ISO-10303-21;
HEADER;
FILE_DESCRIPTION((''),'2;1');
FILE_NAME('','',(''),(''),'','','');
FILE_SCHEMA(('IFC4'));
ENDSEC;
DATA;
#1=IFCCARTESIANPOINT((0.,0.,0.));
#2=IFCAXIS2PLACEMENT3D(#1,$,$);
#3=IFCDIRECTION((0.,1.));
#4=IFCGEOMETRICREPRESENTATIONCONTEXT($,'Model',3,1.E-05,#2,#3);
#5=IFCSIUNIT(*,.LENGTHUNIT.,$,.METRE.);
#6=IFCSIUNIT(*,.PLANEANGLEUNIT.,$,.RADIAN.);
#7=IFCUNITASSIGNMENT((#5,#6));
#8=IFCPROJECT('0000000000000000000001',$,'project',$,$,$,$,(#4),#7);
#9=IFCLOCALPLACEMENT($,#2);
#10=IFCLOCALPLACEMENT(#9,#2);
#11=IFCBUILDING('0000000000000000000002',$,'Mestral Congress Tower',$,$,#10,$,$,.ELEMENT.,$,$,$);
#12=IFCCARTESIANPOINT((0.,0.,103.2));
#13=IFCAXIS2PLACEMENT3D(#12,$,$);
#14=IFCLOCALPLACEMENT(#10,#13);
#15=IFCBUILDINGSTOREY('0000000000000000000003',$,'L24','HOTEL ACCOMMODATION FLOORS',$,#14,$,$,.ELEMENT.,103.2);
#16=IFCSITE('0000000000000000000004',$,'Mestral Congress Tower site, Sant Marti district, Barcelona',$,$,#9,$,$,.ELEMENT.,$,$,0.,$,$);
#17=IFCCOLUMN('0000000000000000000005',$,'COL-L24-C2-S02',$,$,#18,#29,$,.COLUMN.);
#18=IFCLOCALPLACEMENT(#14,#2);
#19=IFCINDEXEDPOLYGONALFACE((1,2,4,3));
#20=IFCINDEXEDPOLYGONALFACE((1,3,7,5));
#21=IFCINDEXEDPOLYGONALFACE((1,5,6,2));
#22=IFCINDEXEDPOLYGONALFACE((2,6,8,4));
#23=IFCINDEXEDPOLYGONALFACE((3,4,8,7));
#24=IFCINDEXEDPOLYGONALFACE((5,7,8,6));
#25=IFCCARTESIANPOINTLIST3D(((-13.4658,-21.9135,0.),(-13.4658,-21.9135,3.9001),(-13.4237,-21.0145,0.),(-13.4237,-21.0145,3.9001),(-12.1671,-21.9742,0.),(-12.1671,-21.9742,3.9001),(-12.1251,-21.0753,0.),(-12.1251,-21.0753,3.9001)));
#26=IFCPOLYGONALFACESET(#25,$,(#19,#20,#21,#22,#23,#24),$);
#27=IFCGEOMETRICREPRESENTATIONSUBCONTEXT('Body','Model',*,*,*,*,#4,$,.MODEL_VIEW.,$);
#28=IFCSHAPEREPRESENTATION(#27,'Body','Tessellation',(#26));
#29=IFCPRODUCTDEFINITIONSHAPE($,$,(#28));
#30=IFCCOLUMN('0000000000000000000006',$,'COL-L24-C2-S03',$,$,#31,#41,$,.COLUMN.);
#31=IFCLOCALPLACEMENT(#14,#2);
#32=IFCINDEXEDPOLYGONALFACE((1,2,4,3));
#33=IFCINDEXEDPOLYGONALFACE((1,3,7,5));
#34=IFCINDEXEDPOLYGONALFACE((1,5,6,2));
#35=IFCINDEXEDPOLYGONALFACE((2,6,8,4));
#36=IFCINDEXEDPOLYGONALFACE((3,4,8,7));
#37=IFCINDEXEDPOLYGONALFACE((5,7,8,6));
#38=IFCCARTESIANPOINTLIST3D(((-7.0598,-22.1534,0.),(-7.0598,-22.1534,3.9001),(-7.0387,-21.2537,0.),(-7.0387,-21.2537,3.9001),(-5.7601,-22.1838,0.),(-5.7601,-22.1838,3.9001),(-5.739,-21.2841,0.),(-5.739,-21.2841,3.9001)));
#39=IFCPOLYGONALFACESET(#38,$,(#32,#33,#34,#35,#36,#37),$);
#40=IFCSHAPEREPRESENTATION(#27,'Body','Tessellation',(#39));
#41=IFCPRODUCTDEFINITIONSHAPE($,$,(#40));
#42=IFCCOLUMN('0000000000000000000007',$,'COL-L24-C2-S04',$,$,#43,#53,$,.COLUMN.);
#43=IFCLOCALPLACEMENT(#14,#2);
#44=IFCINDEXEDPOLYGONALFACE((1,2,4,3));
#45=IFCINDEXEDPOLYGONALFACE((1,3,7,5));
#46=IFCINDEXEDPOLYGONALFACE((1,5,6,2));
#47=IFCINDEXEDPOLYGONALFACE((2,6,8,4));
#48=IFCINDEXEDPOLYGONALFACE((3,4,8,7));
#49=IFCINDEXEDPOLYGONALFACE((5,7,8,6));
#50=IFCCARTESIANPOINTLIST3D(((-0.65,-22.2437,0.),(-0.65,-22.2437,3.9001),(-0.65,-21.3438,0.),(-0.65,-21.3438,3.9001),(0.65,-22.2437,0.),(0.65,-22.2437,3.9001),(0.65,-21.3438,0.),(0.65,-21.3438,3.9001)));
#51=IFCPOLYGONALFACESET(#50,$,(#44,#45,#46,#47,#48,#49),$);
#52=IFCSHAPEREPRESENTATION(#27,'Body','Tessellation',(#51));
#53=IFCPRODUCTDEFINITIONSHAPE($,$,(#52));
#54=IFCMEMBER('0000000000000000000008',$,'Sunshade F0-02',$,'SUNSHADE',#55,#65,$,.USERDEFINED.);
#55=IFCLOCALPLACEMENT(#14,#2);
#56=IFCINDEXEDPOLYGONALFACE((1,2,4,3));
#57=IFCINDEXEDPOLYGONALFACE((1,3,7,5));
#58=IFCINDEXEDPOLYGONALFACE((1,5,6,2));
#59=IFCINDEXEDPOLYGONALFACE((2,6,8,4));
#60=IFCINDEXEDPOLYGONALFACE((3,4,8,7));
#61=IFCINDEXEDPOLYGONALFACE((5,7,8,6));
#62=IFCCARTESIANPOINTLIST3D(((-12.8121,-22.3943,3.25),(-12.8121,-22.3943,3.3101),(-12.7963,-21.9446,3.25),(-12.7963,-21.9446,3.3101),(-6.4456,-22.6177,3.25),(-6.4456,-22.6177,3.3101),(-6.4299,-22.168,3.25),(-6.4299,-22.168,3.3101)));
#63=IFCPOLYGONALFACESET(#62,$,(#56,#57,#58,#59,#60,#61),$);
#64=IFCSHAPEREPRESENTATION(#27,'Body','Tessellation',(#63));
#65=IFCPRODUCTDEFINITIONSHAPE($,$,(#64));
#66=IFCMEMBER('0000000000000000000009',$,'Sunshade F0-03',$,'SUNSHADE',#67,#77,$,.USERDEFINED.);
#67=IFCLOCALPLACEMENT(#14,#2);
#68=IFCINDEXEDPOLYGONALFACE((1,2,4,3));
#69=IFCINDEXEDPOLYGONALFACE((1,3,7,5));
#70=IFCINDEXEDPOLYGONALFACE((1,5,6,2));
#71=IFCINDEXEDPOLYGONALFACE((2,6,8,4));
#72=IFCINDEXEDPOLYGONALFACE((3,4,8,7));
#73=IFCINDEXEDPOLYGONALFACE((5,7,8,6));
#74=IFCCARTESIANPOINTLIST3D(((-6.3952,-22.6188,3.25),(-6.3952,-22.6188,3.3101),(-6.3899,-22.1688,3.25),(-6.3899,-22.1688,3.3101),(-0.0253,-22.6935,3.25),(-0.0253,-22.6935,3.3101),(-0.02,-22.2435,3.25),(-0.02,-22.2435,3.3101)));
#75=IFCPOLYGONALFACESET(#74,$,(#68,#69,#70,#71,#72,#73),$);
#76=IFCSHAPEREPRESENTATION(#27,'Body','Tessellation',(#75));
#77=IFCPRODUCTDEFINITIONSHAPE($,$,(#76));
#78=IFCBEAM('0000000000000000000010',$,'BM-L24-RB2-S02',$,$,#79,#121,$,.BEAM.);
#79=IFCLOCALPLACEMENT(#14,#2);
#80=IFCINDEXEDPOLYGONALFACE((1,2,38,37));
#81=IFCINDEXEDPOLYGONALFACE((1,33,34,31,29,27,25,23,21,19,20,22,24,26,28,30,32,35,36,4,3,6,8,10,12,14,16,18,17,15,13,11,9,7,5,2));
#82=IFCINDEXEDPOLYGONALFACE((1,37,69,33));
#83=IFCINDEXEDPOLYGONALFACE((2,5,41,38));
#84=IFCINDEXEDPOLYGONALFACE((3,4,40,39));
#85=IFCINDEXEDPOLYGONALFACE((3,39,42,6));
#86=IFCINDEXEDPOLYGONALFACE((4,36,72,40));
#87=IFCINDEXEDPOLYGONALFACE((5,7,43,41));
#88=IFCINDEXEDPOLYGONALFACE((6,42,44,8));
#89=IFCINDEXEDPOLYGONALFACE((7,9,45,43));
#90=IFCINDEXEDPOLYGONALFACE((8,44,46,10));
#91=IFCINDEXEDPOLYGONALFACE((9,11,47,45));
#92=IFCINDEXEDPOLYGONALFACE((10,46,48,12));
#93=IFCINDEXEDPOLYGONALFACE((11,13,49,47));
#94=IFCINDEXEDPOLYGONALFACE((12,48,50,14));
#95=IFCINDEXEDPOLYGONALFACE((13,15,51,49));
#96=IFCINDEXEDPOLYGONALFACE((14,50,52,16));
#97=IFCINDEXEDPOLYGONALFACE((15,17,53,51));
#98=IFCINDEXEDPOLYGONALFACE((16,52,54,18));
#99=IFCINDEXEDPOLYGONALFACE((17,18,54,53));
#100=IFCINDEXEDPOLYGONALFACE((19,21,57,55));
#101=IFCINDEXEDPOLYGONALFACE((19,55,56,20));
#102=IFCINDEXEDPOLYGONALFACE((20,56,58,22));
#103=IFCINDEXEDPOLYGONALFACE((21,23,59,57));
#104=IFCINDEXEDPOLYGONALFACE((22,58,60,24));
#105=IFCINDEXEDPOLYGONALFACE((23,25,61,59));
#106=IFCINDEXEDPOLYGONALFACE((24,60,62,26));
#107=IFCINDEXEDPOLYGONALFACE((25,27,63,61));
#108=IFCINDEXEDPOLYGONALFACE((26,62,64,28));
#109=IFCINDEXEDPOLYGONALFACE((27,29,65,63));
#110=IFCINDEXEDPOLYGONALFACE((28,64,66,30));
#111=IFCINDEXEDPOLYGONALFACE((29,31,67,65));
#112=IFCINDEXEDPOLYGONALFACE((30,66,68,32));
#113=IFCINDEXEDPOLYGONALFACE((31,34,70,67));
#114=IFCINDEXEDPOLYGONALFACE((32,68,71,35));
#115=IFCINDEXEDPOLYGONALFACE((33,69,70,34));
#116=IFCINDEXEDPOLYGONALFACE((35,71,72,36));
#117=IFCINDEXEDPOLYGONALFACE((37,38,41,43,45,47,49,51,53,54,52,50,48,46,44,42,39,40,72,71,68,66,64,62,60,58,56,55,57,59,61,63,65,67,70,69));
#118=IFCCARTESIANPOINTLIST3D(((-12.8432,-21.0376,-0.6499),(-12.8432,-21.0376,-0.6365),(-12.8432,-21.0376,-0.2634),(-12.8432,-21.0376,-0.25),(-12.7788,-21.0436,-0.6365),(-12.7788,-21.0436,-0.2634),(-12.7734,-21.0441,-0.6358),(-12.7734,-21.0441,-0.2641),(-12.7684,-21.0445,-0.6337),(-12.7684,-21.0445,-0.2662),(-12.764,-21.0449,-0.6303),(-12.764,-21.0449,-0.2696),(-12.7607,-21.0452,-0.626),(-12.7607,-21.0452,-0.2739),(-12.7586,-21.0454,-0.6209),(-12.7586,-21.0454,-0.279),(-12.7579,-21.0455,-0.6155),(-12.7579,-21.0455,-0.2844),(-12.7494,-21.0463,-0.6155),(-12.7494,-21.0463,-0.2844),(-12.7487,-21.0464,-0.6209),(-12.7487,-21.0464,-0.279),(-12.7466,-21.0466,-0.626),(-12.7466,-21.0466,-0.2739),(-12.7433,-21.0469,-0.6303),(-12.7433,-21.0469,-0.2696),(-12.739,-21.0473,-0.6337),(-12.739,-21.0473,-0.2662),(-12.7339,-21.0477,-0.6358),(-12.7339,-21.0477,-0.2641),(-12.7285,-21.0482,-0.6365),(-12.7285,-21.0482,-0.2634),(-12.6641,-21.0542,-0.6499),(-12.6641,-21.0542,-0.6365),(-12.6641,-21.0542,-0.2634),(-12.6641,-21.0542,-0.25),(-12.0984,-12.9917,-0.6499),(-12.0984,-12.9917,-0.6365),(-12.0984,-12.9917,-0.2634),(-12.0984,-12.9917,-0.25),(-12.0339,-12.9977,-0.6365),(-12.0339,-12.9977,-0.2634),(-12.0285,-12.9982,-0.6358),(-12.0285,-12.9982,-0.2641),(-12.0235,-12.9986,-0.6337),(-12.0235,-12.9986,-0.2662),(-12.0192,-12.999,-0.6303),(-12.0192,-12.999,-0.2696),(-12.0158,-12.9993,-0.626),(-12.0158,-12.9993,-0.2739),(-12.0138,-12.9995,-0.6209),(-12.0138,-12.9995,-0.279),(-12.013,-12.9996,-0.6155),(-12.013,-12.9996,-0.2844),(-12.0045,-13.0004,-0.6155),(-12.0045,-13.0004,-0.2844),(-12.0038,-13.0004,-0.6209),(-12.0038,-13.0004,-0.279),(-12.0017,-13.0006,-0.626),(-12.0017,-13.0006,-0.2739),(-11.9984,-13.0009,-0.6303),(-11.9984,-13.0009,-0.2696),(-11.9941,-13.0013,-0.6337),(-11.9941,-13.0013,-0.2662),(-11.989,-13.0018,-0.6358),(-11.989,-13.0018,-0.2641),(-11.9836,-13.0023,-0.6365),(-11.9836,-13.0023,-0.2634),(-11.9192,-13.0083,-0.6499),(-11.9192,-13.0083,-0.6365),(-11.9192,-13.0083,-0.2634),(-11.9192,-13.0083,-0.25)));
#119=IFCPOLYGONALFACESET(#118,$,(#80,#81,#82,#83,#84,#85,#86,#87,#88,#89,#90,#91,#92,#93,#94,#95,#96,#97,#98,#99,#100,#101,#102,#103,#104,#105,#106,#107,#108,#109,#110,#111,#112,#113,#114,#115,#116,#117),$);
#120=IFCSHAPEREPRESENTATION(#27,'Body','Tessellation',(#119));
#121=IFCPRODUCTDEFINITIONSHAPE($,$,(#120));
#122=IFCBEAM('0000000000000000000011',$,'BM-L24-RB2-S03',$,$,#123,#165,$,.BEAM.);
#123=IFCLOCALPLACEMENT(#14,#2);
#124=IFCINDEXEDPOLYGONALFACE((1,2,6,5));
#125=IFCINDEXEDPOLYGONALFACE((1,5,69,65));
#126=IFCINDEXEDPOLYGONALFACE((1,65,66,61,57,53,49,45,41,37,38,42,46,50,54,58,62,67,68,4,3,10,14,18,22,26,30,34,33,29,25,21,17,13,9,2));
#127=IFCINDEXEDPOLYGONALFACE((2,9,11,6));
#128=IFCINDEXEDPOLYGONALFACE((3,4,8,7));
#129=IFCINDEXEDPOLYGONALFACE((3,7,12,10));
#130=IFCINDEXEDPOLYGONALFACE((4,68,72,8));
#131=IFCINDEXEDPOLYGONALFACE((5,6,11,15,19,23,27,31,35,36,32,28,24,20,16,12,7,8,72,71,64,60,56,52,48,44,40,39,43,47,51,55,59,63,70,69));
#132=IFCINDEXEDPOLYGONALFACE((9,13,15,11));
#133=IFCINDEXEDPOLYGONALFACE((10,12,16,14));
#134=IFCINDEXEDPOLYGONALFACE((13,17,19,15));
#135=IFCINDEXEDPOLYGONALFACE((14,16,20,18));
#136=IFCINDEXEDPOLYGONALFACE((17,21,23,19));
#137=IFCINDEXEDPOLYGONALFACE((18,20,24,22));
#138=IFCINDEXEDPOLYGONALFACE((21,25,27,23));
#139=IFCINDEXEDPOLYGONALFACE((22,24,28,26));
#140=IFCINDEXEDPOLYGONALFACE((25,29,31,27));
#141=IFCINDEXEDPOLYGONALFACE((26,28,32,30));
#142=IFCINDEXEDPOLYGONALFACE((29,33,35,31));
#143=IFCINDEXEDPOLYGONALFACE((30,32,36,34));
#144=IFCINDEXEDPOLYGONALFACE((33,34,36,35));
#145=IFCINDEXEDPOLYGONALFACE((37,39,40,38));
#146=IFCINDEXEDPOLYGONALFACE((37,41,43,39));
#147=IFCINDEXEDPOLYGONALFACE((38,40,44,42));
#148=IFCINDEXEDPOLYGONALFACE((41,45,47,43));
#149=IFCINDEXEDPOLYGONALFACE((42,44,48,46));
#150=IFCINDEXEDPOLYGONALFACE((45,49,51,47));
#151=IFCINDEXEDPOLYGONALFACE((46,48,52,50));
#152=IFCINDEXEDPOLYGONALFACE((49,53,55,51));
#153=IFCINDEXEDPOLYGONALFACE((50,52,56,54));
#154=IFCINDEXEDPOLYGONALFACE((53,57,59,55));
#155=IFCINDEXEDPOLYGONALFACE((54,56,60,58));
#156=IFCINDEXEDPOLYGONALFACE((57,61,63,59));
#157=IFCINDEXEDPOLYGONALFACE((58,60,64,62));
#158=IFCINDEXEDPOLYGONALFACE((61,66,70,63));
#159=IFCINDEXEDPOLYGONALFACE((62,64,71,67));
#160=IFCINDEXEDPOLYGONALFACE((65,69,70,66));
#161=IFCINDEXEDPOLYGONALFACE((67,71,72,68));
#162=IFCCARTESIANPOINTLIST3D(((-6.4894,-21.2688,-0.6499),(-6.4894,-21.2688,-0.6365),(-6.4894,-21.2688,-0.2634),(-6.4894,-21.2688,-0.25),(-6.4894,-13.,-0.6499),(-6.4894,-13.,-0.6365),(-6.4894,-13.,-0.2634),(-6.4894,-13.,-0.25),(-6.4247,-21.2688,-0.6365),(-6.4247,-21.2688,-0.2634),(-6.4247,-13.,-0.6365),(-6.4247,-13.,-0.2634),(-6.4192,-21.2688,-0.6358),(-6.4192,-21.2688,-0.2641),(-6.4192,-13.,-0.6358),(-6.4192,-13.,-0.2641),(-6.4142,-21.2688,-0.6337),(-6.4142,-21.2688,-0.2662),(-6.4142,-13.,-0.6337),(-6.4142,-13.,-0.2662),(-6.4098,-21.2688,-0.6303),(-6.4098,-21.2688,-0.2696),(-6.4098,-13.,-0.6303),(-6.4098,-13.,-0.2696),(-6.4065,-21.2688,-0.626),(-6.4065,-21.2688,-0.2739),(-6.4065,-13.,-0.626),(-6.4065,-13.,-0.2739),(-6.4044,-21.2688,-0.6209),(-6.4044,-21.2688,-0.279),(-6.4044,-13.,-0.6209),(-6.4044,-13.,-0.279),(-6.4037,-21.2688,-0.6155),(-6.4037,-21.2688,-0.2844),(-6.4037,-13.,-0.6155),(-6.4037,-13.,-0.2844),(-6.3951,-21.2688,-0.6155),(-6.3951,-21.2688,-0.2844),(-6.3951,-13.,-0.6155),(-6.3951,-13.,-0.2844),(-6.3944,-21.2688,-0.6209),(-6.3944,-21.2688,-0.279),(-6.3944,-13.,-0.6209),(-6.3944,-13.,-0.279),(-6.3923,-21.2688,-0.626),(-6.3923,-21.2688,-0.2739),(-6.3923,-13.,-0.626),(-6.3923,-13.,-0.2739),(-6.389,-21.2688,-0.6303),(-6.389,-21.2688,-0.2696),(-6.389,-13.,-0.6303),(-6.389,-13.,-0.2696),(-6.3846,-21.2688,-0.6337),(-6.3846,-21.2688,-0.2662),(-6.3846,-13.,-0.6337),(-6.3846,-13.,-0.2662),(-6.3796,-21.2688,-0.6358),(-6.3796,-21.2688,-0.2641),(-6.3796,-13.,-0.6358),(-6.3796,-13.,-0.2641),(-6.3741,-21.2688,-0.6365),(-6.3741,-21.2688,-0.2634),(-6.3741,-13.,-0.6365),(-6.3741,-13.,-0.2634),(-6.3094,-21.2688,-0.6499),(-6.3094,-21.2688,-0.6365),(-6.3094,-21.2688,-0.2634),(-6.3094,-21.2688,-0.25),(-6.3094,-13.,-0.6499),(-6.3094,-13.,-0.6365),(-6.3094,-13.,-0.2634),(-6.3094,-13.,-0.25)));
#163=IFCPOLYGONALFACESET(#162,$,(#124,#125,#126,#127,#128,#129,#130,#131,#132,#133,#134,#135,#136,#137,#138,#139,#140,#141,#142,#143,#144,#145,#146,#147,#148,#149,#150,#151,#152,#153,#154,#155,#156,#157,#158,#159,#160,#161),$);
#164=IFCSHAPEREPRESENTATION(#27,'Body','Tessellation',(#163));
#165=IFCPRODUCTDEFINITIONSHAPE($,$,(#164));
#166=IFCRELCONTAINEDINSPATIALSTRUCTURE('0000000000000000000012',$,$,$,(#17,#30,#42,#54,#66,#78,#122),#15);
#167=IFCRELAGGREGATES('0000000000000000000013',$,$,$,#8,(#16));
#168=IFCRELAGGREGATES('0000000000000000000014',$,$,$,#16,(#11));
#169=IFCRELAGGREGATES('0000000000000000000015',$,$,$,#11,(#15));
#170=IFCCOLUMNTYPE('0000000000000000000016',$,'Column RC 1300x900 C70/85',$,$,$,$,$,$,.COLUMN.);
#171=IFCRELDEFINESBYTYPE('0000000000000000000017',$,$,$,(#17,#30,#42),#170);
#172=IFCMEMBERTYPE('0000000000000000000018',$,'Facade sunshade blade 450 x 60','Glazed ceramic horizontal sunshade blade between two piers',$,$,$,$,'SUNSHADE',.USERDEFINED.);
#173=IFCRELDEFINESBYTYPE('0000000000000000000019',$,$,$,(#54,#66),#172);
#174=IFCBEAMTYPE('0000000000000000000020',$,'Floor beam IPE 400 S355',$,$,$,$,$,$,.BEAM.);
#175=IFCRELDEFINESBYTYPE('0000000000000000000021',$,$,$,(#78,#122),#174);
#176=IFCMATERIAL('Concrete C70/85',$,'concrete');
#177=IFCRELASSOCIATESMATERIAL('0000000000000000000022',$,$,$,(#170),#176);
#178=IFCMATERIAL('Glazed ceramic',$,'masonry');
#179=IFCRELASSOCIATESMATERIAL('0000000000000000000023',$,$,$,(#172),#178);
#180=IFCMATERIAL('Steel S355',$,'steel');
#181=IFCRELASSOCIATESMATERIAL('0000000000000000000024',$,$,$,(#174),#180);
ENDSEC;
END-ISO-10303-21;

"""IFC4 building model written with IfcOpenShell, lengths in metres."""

from ifc_helpers import new_model, si_unit, direction, frame, origin, origin_2d, place, context, subcontext, project, spatial, rectangle, i_section, extrude, material, material_profile, profile_set, type_object, element, save


model = new_model("IFC4")

# Units and contexts
model_context = context("Model", 3, precision=1e-05, world=origin(), true_north=direction((0.0, 1.0)))
body_context = subcontext(model_context, "Body", "Model", "MODEL_VIEW")
ifc_project = project(units=[si_unit("LENGTHUNIT", "METRE"), si_unit("PLANEANGLEUNIT", "RADIAN")], contexts=[model_context])

# Site, building, storey
site_placement = place(None, origin())
site = spatial("IfcSite", under=ifc_project, at=site_placement, Name="Mestral Congress Tower site, Sant Marti district, Barcelona", CompositionType="ELEMENT", RefElevation=0.0)
building_placement = place(site_placement, origin())
building = spatial("IfcBuilding", under=site, at=building_placement, Name="Mestral Congress Tower", CompositionType="ELEMENT")
storey_placement = place(building_placement, frame((0.0, 0.0, 103.2)))
storey = spatial("IfcBuildingStorey", under=building, at=storey_placement, Name="L24", Description="HOTEL ACCOMMODATION FLOORS", CompositionType="ELEMENT", Elevation=103.2)

# Columns
ifc_material_1 = material(Name="Concrete C70/85", Category="concrete")
ifc_material_profile_1 = material_profile(ifc_material_1, rectangle(XDim=1.3, YDim=0.8999, at=origin_2d()), Name="RC 1300x900")
ifc_profile_set_1 = profile_set([ifc_material_profile_1], Name="Concrete C70/85")
column_type = type_object("IfcColumnType", Name="Column RC 1300x900 C70/85", PredefinedType="COLUMN", material=ifc_profile_set_1)
for number, where, z_axis, x_axis, name in (
    (1, (-12.7954, -21.4944, 0.0), (0.0, 0.0, 1.0), (0.998906, -0.046756, 0.0), "COL-L24-C2-S02"),
    (2, (-6.3994, -21.7188, 0.0), (0.0, 0.0, 1.0), (0.999727, -0.023384, 0.0), "COL-L24-C2-S03"),
    (3, (0.0, -21.7937, 0.0), (0.0, 0.0, 1.0), (1.0, 0.0, 0.0), "COL-L24-C2-S04"),
):
    element("IfcColumn", number, at=place(storey_placement, frame(where, z_axis=z_axis, x_axis=x_axis)), inside=storey, type_object=column_type, Name=name, PredefinedType="COLUMN", context=body_context, shape_type="SweptSolid", body=[
        extrude(rectangle(XDim=1.3, YDim=0.8999, at=origin_2d()), origin(), (0.0, 0.0, 1.0), 3.9001),
    ])

# Members
ifc_material_2 = material(Name="Glazed ceramic", Category="masonry")
ifc_material_profile_2 = material_profile(ifc_material_2, rectangle(XDim=0.45, YDim=0.0601, at=origin_2d()), Name="Ceramic blade 450 x 60")
ifc_profile_set_2 = profile_set([ifc_material_profile_2], Name="Glazed ceramic")
member_type = type_object("IfcMemberType", Name="Facade sunshade blade 450 x 60", Description="Glazed ceramic horizontal sunshade blade between two piers", ElementType="SUNSHADE", PredefinedType="USERDEFINED", material=ifc_profile_set_2)
for number, where, z_axis, x_axis, name in (
    (4, (-12.8042, -22.1694, 3.28), (0.999385, -0.035067, 0.0), (0.035067, 0.999385, 0.0), "Sunshade F0-02"),
    (5, (-6.3926, -22.3938, 3.28), (0.999931, -0.011727, 0.0), (0.011727, 0.999931, 0.0), "Sunshade F0-03"),
):
    element("IfcMember", number, at=place(storey_placement, frame(where, z_axis=z_axis, x_axis=x_axis)), inside=storey, type_object=member_type, Name=name, ObjectType="SUNSHADE", PredefinedType="USERDEFINED", context=body_context, shape_type="SweptSolid", body=[
        extrude(rectangle(XDim=0.45, YDim=0.0601, at=origin_2d()), origin(), (0.0, 0.0, 1.0), 6.3704),
    ])

# Beams
ifc_material_3 = material(Name="Steel S355", Category="steel")
ifc_material_profile_3 = material_profile(ifc_material_3, i_section(OverallWidth=0.1799, OverallDepth=0.3999, WebThickness=0.0085, FlangeThickness=0.0134, FilletRadius=0.021, at=origin_2d()), Name="IPE 400")
ifc_profile_set_3 = profile_set([ifc_material_profile_3], Name="Steel S355")
beam_type_1 = type_object("IfcBeamType", Name="Floor beam IPE 400 S355", PredefinedType="BEAM", material=ifc_profile_set_3)
beam_1_placement = place(storey_placement, frame((-12.7537, -21.0459, -0.45), z_axis=(0.092184, 0.995742, 0.0), x_axis=(-0.995742, 0.092184, 0.0)))
element("IfcBeam", 6, at=beam_1_placement, inside=storey, type_object=beam_type_1, Name="BM-L24-RB2-S02", PredefinedType="BEAM", context=body_context, shape_type="SweptSolid", body=[
    extrude(i_section(OverallWidth=0.1799, OverallDepth=0.3999, WebThickness=0.0085, FlangeThickness=0.0134, FilletRadius=0.021, at=origin_2d()), origin(), (0.0, 0.0, 1.0), 8.0803),
])
beam_2_placement = place(storey_placement, frame((-6.3994, -21.2688, -0.45), z_axis=(0.0, 1.0, 0.0), x_axis=(-1.0, 0.0, 0.0)))
element("IfcBeam", 7, at=beam_2_placement, inside=storey, type_object=beam_type_1, Name="BM-L24-RB2-S03", PredefinedType="BEAM", context=body_context, shape_type="SweptSolid", body=[
    extrude(i_section(OverallWidth=0.1799, OverallDepth=0.3999, WebThickness=0.0085, FlangeThickness=0.0134, FilletRadius=0.021, at=origin_2d()), origin(), (0.0, 0.0, 1.0), 8.2688),
])

save(model, "model.ifc")
